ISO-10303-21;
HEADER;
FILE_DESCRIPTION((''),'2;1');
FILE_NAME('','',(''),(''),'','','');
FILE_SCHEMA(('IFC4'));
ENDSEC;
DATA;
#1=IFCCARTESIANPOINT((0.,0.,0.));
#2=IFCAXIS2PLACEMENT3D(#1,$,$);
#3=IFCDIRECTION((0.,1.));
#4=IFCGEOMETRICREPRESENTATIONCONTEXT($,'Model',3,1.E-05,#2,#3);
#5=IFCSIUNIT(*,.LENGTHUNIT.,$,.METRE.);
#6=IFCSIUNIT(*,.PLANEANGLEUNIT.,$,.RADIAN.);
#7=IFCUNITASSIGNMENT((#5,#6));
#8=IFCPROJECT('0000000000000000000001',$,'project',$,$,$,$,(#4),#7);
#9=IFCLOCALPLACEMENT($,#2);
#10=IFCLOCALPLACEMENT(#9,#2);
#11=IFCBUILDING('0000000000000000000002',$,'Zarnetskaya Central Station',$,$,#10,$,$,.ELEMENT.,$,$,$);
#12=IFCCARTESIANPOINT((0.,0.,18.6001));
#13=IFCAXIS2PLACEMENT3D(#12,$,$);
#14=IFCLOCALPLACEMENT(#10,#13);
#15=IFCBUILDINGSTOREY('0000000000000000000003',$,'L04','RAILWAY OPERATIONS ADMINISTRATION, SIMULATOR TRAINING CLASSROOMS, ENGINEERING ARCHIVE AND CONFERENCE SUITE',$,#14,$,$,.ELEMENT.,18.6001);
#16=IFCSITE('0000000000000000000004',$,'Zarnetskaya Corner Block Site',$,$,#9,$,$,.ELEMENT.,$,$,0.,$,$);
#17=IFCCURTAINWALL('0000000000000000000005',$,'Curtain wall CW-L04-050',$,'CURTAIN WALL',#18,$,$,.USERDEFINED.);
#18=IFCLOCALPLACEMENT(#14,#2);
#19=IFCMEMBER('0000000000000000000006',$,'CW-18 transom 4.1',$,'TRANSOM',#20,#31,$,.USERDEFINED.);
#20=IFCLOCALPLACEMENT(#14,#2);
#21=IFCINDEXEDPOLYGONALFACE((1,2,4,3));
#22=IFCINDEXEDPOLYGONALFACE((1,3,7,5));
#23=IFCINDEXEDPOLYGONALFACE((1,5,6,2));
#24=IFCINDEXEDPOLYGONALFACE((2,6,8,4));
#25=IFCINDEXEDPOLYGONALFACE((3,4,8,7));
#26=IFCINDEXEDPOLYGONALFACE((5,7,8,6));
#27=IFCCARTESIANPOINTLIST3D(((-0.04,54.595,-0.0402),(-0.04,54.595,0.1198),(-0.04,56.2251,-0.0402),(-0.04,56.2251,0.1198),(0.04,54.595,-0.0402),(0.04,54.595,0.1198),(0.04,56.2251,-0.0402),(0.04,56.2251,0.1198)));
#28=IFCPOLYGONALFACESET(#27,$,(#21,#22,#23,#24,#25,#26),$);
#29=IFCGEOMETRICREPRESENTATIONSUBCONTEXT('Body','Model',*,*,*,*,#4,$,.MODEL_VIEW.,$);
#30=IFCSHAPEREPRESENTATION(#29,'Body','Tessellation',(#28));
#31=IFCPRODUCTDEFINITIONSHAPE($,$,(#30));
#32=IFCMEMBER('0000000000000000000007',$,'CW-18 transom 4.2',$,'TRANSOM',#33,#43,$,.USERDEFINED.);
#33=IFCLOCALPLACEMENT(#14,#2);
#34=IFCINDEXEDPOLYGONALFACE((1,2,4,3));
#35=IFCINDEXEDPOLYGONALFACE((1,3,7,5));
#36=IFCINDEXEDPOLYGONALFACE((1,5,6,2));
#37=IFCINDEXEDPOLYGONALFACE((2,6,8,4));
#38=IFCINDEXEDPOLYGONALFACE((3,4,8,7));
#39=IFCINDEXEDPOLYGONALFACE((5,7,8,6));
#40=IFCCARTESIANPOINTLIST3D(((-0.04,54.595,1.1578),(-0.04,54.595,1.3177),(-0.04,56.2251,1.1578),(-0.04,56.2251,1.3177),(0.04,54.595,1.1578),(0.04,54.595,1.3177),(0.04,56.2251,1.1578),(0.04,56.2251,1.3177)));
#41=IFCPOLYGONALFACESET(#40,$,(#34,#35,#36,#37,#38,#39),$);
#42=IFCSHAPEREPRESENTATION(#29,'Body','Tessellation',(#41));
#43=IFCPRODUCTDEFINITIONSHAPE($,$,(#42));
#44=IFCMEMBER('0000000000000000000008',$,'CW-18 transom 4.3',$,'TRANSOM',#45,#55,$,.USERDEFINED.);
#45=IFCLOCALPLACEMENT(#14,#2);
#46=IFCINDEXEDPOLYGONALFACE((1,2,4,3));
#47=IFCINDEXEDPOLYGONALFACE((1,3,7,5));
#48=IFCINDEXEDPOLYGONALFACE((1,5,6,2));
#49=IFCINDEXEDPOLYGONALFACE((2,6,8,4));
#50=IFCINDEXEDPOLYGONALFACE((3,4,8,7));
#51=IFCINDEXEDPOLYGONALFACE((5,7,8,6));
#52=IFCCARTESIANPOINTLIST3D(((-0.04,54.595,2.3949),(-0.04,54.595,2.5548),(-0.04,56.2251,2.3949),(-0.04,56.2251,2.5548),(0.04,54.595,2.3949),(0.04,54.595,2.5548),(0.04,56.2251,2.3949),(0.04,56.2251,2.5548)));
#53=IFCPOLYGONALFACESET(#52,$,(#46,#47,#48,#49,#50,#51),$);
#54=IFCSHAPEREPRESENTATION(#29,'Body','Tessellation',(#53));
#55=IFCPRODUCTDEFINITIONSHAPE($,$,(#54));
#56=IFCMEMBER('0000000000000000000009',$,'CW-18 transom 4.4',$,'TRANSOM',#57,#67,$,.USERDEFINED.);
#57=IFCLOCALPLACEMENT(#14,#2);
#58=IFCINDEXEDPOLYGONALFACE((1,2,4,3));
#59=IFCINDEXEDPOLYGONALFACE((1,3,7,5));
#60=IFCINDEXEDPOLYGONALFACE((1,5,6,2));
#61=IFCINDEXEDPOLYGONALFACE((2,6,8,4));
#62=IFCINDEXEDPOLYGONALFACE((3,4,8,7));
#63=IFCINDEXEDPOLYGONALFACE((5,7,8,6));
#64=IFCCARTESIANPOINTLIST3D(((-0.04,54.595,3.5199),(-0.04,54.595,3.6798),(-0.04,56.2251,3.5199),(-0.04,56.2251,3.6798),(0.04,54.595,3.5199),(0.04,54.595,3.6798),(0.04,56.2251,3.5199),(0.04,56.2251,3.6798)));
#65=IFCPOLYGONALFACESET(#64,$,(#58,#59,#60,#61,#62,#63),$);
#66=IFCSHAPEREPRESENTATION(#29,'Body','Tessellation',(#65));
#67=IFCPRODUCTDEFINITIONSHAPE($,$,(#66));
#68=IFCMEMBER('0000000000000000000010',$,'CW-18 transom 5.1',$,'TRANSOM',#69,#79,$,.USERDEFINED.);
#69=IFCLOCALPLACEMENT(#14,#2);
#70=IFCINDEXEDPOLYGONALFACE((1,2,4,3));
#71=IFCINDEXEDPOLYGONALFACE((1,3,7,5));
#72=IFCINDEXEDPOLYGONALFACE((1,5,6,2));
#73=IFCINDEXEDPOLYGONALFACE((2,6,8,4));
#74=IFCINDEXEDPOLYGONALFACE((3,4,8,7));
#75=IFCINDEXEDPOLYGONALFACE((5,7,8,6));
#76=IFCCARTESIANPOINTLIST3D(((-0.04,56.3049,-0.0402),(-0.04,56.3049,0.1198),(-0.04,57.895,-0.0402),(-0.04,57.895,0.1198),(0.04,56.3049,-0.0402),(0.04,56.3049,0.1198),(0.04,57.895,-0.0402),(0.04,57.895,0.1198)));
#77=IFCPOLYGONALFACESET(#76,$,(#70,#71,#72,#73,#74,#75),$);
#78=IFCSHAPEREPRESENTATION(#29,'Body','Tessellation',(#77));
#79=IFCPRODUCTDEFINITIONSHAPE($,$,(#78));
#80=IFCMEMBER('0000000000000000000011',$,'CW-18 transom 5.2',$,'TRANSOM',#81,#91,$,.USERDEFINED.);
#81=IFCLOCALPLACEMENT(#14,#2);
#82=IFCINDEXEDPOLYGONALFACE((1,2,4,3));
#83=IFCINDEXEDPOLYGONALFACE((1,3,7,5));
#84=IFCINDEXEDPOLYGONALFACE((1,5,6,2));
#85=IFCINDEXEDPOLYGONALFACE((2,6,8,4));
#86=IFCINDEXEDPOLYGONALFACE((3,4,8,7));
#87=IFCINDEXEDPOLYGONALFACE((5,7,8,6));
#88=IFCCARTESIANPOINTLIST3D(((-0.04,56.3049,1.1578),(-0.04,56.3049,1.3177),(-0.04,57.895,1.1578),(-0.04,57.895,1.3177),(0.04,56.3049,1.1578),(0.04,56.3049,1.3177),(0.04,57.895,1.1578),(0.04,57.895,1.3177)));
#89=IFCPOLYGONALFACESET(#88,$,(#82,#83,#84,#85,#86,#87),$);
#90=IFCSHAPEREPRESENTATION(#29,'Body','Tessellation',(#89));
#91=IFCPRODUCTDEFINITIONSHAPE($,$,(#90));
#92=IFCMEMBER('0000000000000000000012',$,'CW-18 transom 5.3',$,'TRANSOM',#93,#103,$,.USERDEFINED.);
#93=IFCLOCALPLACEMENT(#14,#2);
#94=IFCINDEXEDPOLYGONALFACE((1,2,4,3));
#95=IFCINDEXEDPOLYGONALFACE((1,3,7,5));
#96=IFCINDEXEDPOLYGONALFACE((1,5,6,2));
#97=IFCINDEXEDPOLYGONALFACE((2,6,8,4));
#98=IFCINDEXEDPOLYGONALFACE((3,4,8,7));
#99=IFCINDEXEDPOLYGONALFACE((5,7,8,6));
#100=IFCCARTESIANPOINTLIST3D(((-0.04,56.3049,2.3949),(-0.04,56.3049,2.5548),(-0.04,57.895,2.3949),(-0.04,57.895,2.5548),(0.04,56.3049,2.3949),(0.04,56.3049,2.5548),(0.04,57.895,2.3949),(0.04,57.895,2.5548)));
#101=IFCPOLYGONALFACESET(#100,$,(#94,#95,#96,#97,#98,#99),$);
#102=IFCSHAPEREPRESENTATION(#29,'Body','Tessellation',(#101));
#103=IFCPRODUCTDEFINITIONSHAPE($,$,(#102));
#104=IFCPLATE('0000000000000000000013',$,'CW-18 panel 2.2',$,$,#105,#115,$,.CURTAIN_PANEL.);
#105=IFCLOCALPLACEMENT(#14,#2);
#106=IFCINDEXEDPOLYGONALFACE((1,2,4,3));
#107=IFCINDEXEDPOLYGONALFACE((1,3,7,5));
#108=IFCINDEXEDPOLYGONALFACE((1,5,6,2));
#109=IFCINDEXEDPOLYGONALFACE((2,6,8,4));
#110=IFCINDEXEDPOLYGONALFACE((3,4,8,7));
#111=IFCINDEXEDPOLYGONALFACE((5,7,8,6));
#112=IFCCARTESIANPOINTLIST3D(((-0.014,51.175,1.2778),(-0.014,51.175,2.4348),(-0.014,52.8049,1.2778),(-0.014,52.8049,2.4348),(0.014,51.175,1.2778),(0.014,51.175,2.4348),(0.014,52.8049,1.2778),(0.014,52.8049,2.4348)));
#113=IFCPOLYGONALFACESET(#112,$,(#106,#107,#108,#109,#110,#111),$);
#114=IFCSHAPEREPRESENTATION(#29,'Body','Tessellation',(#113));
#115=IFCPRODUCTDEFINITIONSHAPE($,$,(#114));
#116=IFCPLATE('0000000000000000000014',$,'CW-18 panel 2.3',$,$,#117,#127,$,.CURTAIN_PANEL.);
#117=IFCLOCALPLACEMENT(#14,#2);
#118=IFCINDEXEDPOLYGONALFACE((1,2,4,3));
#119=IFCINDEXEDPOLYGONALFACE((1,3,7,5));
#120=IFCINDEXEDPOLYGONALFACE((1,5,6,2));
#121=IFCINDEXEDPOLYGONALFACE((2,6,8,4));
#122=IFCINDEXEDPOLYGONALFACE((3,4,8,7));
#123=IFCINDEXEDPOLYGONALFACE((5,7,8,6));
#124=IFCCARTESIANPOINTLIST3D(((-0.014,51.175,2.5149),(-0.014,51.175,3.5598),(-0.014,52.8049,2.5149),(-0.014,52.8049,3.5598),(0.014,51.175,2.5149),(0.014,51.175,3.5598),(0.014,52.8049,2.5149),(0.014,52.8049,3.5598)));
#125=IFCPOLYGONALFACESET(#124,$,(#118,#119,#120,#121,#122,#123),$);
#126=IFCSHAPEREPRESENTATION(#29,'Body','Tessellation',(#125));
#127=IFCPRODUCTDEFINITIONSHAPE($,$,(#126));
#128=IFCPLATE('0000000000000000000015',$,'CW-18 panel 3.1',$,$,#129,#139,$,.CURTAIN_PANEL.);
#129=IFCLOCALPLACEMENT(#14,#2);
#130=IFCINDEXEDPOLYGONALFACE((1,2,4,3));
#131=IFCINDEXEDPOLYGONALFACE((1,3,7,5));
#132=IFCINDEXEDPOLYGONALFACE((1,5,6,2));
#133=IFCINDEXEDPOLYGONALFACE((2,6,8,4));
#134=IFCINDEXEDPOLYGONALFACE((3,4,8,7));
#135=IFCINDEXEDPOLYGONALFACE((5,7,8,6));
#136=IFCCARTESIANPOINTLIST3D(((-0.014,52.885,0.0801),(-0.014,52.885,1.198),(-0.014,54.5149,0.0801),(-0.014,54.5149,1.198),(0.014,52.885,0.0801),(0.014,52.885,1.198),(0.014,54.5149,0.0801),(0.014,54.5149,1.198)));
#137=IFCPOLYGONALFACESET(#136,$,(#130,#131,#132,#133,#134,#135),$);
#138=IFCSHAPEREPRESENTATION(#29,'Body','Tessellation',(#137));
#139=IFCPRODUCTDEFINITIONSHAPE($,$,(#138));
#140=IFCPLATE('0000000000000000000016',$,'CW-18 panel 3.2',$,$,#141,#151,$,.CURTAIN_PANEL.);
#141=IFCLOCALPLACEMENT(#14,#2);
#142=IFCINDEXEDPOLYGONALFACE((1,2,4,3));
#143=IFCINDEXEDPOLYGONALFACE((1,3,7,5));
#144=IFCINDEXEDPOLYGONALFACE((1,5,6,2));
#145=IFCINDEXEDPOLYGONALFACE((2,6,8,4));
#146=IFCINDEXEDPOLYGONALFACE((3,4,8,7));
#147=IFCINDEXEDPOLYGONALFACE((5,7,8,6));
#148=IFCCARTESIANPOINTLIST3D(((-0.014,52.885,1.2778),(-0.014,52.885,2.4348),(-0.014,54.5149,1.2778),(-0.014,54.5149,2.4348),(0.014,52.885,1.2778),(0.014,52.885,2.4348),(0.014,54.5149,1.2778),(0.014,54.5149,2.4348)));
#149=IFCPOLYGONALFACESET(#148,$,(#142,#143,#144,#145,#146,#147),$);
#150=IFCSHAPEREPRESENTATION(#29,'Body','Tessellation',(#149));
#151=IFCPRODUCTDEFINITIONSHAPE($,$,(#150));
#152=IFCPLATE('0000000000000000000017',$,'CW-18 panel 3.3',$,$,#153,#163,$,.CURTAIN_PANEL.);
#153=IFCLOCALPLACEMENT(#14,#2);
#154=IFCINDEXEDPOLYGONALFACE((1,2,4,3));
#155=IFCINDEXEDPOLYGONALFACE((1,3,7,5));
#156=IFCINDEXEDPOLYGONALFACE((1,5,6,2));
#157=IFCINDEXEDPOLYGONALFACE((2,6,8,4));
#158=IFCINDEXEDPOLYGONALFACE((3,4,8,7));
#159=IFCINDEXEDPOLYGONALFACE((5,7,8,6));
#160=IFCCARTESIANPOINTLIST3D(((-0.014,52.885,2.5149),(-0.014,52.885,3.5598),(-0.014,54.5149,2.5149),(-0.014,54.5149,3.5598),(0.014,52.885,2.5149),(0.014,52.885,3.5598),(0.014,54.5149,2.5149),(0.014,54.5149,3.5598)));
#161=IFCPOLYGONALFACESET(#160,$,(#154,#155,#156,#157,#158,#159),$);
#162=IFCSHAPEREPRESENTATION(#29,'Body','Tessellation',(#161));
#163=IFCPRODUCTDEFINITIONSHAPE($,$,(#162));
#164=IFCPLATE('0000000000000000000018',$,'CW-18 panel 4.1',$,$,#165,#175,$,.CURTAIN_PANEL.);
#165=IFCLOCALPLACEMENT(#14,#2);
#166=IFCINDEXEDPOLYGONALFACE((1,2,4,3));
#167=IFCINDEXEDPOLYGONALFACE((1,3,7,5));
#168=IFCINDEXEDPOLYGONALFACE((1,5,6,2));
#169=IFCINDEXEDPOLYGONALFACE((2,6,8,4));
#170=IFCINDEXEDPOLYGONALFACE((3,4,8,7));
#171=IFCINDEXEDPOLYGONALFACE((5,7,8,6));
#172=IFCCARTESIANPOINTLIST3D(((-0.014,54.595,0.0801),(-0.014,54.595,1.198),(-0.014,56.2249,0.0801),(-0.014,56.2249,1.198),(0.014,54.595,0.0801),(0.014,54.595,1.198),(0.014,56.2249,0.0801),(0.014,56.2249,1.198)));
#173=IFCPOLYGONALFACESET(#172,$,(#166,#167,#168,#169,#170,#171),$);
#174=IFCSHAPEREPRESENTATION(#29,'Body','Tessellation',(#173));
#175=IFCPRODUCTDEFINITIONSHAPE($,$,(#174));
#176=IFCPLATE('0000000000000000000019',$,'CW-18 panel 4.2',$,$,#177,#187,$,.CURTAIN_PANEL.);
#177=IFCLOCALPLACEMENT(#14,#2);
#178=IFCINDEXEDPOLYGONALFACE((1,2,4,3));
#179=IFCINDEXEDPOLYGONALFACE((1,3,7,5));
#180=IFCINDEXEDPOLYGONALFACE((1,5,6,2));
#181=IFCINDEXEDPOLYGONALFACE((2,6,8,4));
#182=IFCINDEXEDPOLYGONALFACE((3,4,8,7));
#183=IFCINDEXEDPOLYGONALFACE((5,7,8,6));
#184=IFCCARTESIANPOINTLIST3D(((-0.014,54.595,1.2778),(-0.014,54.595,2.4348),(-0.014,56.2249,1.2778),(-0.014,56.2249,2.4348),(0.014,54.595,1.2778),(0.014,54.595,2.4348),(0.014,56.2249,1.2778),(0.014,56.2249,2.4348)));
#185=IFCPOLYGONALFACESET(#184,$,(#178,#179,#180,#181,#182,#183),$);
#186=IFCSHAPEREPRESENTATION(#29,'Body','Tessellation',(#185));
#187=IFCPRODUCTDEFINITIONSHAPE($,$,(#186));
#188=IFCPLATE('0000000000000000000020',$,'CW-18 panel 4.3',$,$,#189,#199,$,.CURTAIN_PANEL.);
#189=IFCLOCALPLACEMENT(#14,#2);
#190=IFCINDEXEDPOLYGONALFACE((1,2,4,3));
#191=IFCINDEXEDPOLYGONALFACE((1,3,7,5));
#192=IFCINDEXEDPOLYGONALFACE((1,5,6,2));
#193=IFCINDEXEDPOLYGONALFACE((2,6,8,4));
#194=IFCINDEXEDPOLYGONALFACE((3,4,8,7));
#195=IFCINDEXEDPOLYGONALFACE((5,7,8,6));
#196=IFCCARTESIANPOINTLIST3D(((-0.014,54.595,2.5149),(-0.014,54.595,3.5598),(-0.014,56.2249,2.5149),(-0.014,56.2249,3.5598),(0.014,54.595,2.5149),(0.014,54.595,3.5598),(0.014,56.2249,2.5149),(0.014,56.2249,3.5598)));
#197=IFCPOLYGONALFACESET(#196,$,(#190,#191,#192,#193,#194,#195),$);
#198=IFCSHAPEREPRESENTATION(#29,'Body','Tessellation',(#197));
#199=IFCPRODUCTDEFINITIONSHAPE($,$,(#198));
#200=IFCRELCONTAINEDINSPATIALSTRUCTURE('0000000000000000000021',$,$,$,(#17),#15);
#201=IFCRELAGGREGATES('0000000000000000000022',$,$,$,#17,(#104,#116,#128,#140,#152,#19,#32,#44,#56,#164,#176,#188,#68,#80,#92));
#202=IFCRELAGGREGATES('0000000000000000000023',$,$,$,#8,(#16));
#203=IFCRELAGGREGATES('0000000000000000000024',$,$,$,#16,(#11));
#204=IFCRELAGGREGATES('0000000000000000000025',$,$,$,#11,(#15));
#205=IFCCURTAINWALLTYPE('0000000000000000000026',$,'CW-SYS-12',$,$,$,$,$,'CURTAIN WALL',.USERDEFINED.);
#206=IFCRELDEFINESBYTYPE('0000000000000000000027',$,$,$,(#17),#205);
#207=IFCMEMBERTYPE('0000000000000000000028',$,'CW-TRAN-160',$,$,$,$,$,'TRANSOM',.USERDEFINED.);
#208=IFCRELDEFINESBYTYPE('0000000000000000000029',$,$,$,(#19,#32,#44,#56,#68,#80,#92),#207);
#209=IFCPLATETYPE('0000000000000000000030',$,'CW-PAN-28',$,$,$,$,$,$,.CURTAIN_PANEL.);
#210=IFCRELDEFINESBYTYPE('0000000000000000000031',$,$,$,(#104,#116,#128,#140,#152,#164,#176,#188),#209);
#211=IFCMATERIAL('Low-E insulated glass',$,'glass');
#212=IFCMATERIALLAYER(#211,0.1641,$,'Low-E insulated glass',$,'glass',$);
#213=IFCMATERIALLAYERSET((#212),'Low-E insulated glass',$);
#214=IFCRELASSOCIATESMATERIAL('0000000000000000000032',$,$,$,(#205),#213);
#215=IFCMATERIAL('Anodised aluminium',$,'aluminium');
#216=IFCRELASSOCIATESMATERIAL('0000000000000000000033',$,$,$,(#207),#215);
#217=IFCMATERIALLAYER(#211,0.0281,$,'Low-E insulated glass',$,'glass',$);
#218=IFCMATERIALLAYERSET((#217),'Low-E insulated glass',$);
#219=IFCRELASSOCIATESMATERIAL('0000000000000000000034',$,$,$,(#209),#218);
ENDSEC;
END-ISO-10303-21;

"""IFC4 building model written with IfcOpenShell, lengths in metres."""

from ifc_helpers import new_model, si_unit, direction, frame, origin, origin_2d, place, context, subcontext, project, spatial, rectangle, extrude, material, layer, layer_set, material_profile, profile_set, type_object, element, aggregate, save


model = new_model("IFC4")

# Units and contexts
model_context = context("Model", 3, precision=1e-05, world=origin(), true_north=direction((0.0, 1.0)))
body_context = subcontext(model_context, "Body", "Model", "MODEL_VIEW")
ifc_project = project(units=[si_unit("LENGTHUNIT", "METRE"), si_unit("PLANEANGLEUNIT", "RADIAN")], contexts=[model_context])

# Site, building, storey
site_placement = place(None, origin())
site = spatial("IfcSite", under=ifc_project, at=site_placement, Name="Zarnetskaya Corner Block Site", CompositionType="ELEMENT", RefElevation=0.0)
building_placement = place(site_placement, origin())
building = spatial("IfcBuilding", under=site, at=building_placement, Name="Zarnetskaya Central Station", CompositionType="ELEMENT")
storey_placement = place(building_placement, frame((0.0, 0.0, 18.6001)))
storey = spatial("IfcBuildingStorey", under=building, at=storey_placement, Name="L04", Description="RAILWAY OPERATIONS ADMINISTRATION, SIMULATOR TRAINING CLASSROOMS, ENGINEERING ARCHIVE AND CONFERENCE SUITE", CompositionType="ELEMENT", Elevation=18.6001)

# Curtain wall, members, plates
ifc_material_1 = material(Name="Low-E insulated glass", Category="glass")
ifc_layer_1 = layer(ifc_material_1, 0.1641, Name="Low-E insulated glass", Category="glass")
ifc_layer_set_1 = layer_set([ifc_layer_1], Name="Low-E insulated glass")
curtain_wall_type = type_object("IfcCurtainWallType", Name="CW-SYS-12", ElementType="CURTAIN WALL", PredefinedType="USERDEFINED", material=ifc_layer_set_1)
curtain_wall_placement = place(storey_placement, origin())
curtain_wall = element("IfcCurtainWall", 1, at=curtain_wall_placement, inside=storey, type_object=curtain_wall_type, Name="Curtain wall CW-L04-050", ObjectType="CURTAIN WALL", PredefinedType="USERDEFINED")
ifc_material_2 = material(Name="Anodised aluminium", Category="aluminium")
ifc_material_profile_1 = material_profile(ifc_material_2, rectangle(XDim=0.0801, YDim=0.1599, at=origin_2d()), Name="ALU TRAN 80x160")
ifc_profile_set_1 = profile_set([ifc_material_profile_1], Name="Anodised aluminium")
member_type_1 = type_object("IfcMemberType", Name="CW-TRAN-160", ElementType="TRANSOM", PredefinedType="USERDEFINED", material=ifc_profile_set_1)
member_1_placement = place(storey_placement, frame((0.0, 54.595, 0.0398), z_axis=(0.0, 1.0, 0.0), x_axis=(-1.0, 0.0, 0.0)))
member_1 = element("IfcMember", 2, at=member_1_placement, type_object=member_type_1, Name="CW-18 transom 4.1", ObjectType="TRANSOM", PredefinedType="USERDEFINED", context=body_context, shape_type="SweptSolid", body=[
    extrude(rectangle(XDim=0.0801, YDim=0.1599, at=origin_2d()), origin(), (0.0, 0.0, 1.0), 1.6301),
])
member_2_placement = place(storey_placement, frame((0.0, 54.595, 1.2378), z_axis=(0.0, 1.0, 0.0), x_axis=(-1.0, 0.0, 0.0)))
member_2 = element("IfcMember", 3, at=member_2_placement, type_object=member_type_1, Name="CW-18 transom 4.2", ObjectType="TRANSOM", PredefinedType="USERDEFINED", context=body_context, shape_type="SweptSolid", body=[
    extrude(rectangle(XDim=0.0801, YDim=0.1599, at=origin_2d()), origin(), (0.0, 0.0, 1.0), 1.6301),
])
member_3_placement = place(storey_placement, frame((0.0, 54.595, 2.4749), z_axis=(0.0, 1.0, 0.0), x_axis=(-1.0, 0.0, 0.0)))
member_3 = element("IfcMember", 4, at=member_3_placement, type_object=member_type_1, Name="CW-18 transom 4.3", ObjectType="TRANSOM", PredefinedType="USERDEFINED", context=body_context, shape_type="SweptSolid", body=[
    extrude(rectangle(XDim=0.0801, YDim=0.1599, at=origin_2d()), origin(), (0.0, 0.0, 1.0), 1.6301),
])
member_4_placement = place(storey_placement, frame((0.0, 54.595, 3.5999), z_axis=(0.0, 1.0, 0.0), x_axis=(-1.0, 0.0, 0.0)))
member_4 = element("IfcMember", 5, at=member_4_placement, type_object=member_type_1, Name="CW-18 transom 4.4", ObjectType="TRANSOM", PredefinedType="USERDEFINED", context=body_context, shape_type="SweptSolid", body=[
    extrude(rectangle(XDim=0.0801, YDim=0.1599, at=origin_2d()), origin(), (0.0, 0.0, 1.0), 1.6301),
])
member_5_placement = place(storey_placement, frame((0.0, 56.3049, 0.0398), z_axis=(0.0, 1.0, 0.0), x_axis=(-1.0, 0.0, 0.0)))
member_5 = element("IfcMember", 6, at=member_5_placement, type_object=member_type_1, Name="CW-18 transom 5.1", ObjectType="TRANSOM", PredefinedType="USERDEFINED", context=body_context, shape_type="SweptSolid", body=[
    extrude(rectangle(XDim=0.0801, YDim=0.1599, at=origin_2d()), origin(), (0.0, 0.0, 1.0), 1.5901),
])
member_6_placement = place(storey_placement, frame((0.0, 56.3049, 1.2378), z_axis=(0.0, 1.0, 0.0), x_axis=(-1.0, 0.0, 0.0)))
member_6 = element("IfcMember", 7, at=member_6_placement, type_object=member_type_1, Name="CW-18 transom 5.2", ObjectType="TRANSOM", PredefinedType="USERDEFINED", context=body_context, shape_type="SweptSolid", body=[
    extrude(rectangle(XDim=0.0801, YDim=0.1599, at=origin_2d()), origin(), (0.0, 0.0, 1.0), 1.5901),
])
member_7_placement = place(storey_placement, frame((0.0, 56.3049, 2.4749), z_axis=(0.0, 1.0, 0.0), x_axis=(-1.0, 0.0, 0.0)))
member_7 = element("IfcMember", 8, at=member_7_placement, type_object=member_type_1, Name="CW-18 transom 5.3", ObjectType="TRANSOM", PredefinedType="USERDEFINED", context=body_context, shape_type="SweptSolid", body=[
    extrude(rectangle(XDim=0.0801, YDim=0.1599, at=origin_2d()), origin(), (0.0, 0.0, 1.0), 1.5901),
])
ifc_layer_2 = layer(ifc_material_1, 0.0281, Name="Low-E insulated glass", Category="glass")
ifc_layer_set_2 = layer_set([ifc_layer_2], Name="Low-E insulated glass")
plate_type = type_object("IfcPlateType", Name="CW-PAN-28", PredefinedType="CURTAIN_PANEL", material=ifc_layer_set_2)
plate_1_placement = place(storey_placement, frame((0.0, 51.99, 1.2778), z_axis=(0.0, 0.0, 1.0), x_axis=(0.0, 1.0, 0.0)))
plate_1 = element("IfcPlate", 9, at=plate_1_placement, type_object=plate_type, Name="CW-18 panel 2.2", PredefinedType="CURTAIN_PANEL", context=body_context, shape_type="SweptSolid", body=[
    extrude(rectangle(XDim=1.6299, YDim=0.0281, at=origin_2d()), origin(), (0.0, 0.0, 1.0), 1.157),
])
plate_2_placement = place(storey_placement, frame((0.0, 51.99, 2.5149), z_axis=(0.0, 0.0, 1.0), x_axis=(0.0, 1.0, 0.0)))
plate_2 = element("IfcPlate", 10, at=plate_2_placement, type_object=plate_type, Name="CW-18 panel 2.3", PredefinedType="CURTAIN_PANEL", context=body_context, shape_type="SweptSolid", body=[
    extrude(rectangle(XDim=1.6299, YDim=0.0281, at=origin_2d()), origin(), (0.0, 0.0, 1.0), 1.0449),
])
plate_3_placement = place(storey_placement, frame((0.0, 53.7, 0.0801), z_axis=(0.0, 0.0, 1.0), x_axis=(0.0, 1.0, 0.0)))
plate_3 = element("IfcPlate", 11, at=plate_3_placement, type_object=plate_type, Name="CW-18 panel 3.1", PredefinedType="CURTAIN_PANEL", context=body_context, shape_type="SweptSolid", body=[
    extrude(rectangle(XDim=1.6299, YDim=0.0281, at=origin_2d()), origin(), (0.0, 0.0, 1.0), 1.1179),
])
plate_4_placement = place(storey_placement, frame((0.0, 53.7, 1.2778), z_axis=(0.0, 0.0, 1.0), x_axis=(0.0, 1.0, 0.0)))
plate_4 = element("IfcPlate", 12, at=plate_4_placement, type_object=plate_type, Name="CW-18 panel 3.2", PredefinedType="CURTAIN_PANEL", context=body_context, shape_type="SweptSolid", body=[
    extrude(rectangle(XDim=1.6299, YDim=0.0281, at=origin_2d()), origin(), (0.0, 0.0, 1.0), 1.157),
])
plate_5_placement = place(storey_placement, frame((0.0, 53.7, 2.5149), z_axis=(0.0, 0.0, 1.0), x_axis=(0.0, 1.0, 0.0)))
plate_5 = element("IfcPlate", 13, at=plate_5_placement, type_object=plate_type, Name="CW-18 panel 3.3", PredefinedType="CURTAIN_PANEL", context=body_context, shape_type="SweptSolid", body=[
    extrude(rectangle(XDim=1.6299, YDim=0.0281, at=origin_2d()), origin(), (0.0, 0.0, 1.0), 1.0449),
])
plate_6_placement = place(storey_placement, frame((0.0, 55.4099, 0.0801), z_axis=(0.0, 0.0, 1.0), x_axis=(0.0, 1.0, 0.0)))
plate_6 = element("IfcPlate", 14, at=plate_6_placement, type_object=plate_type, Name="CW-18 panel 4.1", PredefinedType="CURTAIN_PANEL", context=body_context, shape_type="SweptSolid", body=[
    extrude(rectangle(XDim=1.6299, YDim=0.0281, at=origin_2d()), origin(), (0.0, 0.0, 1.0), 1.1179),
])
plate_7_placement = place(storey_placement, frame((0.0, 55.4099, 1.2778), z_axis=(0.0, 0.0, 1.0), x_axis=(0.0, 1.0, 0.0)))
plate_7 = element("IfcPlate", 15, at=plate_7_placement, type_object=plate_type, Name="CW-18 panel 4.2", PredefinedType="CURTAIN_PANEL", context=body_context, shape_type="SweptSolid", body=[
    extrude(rectangle(XDim=1.6299, YDim=0.0281, at=origin_2d()), origin(), (0.0, 0.0, 1.0), 1.157),
])
plate_8_placement = place(storey_placement, frame((0.0, 55.4099, 2.5149), z_axis=(0.0, 0.0, 1.0), x_axis=(0.0, 1.0, 0.0)))
plate_8 = element("IfcPlate", 16, at=plate_8_placement, type_object=plate_type, Name="CW-18 panel 4.3", PredefinedType="CURTAIN_PANEL", context=body_context, shape_type="SweptSolid", body=[
    extrude(rectangle(XDim=1.6299, YDim=0.0281, at=origin_2d()), origin(), (0.0, 0.0, 1.0), 1.0449),
])
aggregate(curtain_wall, [plate_1, plate_2, plate_3, plate_4, plate_5, member_1, member_2, member_3, member_4, plate_6, plate_7, plate_8, member_5, member_6, member_7])

save(model, "model.ifc")
